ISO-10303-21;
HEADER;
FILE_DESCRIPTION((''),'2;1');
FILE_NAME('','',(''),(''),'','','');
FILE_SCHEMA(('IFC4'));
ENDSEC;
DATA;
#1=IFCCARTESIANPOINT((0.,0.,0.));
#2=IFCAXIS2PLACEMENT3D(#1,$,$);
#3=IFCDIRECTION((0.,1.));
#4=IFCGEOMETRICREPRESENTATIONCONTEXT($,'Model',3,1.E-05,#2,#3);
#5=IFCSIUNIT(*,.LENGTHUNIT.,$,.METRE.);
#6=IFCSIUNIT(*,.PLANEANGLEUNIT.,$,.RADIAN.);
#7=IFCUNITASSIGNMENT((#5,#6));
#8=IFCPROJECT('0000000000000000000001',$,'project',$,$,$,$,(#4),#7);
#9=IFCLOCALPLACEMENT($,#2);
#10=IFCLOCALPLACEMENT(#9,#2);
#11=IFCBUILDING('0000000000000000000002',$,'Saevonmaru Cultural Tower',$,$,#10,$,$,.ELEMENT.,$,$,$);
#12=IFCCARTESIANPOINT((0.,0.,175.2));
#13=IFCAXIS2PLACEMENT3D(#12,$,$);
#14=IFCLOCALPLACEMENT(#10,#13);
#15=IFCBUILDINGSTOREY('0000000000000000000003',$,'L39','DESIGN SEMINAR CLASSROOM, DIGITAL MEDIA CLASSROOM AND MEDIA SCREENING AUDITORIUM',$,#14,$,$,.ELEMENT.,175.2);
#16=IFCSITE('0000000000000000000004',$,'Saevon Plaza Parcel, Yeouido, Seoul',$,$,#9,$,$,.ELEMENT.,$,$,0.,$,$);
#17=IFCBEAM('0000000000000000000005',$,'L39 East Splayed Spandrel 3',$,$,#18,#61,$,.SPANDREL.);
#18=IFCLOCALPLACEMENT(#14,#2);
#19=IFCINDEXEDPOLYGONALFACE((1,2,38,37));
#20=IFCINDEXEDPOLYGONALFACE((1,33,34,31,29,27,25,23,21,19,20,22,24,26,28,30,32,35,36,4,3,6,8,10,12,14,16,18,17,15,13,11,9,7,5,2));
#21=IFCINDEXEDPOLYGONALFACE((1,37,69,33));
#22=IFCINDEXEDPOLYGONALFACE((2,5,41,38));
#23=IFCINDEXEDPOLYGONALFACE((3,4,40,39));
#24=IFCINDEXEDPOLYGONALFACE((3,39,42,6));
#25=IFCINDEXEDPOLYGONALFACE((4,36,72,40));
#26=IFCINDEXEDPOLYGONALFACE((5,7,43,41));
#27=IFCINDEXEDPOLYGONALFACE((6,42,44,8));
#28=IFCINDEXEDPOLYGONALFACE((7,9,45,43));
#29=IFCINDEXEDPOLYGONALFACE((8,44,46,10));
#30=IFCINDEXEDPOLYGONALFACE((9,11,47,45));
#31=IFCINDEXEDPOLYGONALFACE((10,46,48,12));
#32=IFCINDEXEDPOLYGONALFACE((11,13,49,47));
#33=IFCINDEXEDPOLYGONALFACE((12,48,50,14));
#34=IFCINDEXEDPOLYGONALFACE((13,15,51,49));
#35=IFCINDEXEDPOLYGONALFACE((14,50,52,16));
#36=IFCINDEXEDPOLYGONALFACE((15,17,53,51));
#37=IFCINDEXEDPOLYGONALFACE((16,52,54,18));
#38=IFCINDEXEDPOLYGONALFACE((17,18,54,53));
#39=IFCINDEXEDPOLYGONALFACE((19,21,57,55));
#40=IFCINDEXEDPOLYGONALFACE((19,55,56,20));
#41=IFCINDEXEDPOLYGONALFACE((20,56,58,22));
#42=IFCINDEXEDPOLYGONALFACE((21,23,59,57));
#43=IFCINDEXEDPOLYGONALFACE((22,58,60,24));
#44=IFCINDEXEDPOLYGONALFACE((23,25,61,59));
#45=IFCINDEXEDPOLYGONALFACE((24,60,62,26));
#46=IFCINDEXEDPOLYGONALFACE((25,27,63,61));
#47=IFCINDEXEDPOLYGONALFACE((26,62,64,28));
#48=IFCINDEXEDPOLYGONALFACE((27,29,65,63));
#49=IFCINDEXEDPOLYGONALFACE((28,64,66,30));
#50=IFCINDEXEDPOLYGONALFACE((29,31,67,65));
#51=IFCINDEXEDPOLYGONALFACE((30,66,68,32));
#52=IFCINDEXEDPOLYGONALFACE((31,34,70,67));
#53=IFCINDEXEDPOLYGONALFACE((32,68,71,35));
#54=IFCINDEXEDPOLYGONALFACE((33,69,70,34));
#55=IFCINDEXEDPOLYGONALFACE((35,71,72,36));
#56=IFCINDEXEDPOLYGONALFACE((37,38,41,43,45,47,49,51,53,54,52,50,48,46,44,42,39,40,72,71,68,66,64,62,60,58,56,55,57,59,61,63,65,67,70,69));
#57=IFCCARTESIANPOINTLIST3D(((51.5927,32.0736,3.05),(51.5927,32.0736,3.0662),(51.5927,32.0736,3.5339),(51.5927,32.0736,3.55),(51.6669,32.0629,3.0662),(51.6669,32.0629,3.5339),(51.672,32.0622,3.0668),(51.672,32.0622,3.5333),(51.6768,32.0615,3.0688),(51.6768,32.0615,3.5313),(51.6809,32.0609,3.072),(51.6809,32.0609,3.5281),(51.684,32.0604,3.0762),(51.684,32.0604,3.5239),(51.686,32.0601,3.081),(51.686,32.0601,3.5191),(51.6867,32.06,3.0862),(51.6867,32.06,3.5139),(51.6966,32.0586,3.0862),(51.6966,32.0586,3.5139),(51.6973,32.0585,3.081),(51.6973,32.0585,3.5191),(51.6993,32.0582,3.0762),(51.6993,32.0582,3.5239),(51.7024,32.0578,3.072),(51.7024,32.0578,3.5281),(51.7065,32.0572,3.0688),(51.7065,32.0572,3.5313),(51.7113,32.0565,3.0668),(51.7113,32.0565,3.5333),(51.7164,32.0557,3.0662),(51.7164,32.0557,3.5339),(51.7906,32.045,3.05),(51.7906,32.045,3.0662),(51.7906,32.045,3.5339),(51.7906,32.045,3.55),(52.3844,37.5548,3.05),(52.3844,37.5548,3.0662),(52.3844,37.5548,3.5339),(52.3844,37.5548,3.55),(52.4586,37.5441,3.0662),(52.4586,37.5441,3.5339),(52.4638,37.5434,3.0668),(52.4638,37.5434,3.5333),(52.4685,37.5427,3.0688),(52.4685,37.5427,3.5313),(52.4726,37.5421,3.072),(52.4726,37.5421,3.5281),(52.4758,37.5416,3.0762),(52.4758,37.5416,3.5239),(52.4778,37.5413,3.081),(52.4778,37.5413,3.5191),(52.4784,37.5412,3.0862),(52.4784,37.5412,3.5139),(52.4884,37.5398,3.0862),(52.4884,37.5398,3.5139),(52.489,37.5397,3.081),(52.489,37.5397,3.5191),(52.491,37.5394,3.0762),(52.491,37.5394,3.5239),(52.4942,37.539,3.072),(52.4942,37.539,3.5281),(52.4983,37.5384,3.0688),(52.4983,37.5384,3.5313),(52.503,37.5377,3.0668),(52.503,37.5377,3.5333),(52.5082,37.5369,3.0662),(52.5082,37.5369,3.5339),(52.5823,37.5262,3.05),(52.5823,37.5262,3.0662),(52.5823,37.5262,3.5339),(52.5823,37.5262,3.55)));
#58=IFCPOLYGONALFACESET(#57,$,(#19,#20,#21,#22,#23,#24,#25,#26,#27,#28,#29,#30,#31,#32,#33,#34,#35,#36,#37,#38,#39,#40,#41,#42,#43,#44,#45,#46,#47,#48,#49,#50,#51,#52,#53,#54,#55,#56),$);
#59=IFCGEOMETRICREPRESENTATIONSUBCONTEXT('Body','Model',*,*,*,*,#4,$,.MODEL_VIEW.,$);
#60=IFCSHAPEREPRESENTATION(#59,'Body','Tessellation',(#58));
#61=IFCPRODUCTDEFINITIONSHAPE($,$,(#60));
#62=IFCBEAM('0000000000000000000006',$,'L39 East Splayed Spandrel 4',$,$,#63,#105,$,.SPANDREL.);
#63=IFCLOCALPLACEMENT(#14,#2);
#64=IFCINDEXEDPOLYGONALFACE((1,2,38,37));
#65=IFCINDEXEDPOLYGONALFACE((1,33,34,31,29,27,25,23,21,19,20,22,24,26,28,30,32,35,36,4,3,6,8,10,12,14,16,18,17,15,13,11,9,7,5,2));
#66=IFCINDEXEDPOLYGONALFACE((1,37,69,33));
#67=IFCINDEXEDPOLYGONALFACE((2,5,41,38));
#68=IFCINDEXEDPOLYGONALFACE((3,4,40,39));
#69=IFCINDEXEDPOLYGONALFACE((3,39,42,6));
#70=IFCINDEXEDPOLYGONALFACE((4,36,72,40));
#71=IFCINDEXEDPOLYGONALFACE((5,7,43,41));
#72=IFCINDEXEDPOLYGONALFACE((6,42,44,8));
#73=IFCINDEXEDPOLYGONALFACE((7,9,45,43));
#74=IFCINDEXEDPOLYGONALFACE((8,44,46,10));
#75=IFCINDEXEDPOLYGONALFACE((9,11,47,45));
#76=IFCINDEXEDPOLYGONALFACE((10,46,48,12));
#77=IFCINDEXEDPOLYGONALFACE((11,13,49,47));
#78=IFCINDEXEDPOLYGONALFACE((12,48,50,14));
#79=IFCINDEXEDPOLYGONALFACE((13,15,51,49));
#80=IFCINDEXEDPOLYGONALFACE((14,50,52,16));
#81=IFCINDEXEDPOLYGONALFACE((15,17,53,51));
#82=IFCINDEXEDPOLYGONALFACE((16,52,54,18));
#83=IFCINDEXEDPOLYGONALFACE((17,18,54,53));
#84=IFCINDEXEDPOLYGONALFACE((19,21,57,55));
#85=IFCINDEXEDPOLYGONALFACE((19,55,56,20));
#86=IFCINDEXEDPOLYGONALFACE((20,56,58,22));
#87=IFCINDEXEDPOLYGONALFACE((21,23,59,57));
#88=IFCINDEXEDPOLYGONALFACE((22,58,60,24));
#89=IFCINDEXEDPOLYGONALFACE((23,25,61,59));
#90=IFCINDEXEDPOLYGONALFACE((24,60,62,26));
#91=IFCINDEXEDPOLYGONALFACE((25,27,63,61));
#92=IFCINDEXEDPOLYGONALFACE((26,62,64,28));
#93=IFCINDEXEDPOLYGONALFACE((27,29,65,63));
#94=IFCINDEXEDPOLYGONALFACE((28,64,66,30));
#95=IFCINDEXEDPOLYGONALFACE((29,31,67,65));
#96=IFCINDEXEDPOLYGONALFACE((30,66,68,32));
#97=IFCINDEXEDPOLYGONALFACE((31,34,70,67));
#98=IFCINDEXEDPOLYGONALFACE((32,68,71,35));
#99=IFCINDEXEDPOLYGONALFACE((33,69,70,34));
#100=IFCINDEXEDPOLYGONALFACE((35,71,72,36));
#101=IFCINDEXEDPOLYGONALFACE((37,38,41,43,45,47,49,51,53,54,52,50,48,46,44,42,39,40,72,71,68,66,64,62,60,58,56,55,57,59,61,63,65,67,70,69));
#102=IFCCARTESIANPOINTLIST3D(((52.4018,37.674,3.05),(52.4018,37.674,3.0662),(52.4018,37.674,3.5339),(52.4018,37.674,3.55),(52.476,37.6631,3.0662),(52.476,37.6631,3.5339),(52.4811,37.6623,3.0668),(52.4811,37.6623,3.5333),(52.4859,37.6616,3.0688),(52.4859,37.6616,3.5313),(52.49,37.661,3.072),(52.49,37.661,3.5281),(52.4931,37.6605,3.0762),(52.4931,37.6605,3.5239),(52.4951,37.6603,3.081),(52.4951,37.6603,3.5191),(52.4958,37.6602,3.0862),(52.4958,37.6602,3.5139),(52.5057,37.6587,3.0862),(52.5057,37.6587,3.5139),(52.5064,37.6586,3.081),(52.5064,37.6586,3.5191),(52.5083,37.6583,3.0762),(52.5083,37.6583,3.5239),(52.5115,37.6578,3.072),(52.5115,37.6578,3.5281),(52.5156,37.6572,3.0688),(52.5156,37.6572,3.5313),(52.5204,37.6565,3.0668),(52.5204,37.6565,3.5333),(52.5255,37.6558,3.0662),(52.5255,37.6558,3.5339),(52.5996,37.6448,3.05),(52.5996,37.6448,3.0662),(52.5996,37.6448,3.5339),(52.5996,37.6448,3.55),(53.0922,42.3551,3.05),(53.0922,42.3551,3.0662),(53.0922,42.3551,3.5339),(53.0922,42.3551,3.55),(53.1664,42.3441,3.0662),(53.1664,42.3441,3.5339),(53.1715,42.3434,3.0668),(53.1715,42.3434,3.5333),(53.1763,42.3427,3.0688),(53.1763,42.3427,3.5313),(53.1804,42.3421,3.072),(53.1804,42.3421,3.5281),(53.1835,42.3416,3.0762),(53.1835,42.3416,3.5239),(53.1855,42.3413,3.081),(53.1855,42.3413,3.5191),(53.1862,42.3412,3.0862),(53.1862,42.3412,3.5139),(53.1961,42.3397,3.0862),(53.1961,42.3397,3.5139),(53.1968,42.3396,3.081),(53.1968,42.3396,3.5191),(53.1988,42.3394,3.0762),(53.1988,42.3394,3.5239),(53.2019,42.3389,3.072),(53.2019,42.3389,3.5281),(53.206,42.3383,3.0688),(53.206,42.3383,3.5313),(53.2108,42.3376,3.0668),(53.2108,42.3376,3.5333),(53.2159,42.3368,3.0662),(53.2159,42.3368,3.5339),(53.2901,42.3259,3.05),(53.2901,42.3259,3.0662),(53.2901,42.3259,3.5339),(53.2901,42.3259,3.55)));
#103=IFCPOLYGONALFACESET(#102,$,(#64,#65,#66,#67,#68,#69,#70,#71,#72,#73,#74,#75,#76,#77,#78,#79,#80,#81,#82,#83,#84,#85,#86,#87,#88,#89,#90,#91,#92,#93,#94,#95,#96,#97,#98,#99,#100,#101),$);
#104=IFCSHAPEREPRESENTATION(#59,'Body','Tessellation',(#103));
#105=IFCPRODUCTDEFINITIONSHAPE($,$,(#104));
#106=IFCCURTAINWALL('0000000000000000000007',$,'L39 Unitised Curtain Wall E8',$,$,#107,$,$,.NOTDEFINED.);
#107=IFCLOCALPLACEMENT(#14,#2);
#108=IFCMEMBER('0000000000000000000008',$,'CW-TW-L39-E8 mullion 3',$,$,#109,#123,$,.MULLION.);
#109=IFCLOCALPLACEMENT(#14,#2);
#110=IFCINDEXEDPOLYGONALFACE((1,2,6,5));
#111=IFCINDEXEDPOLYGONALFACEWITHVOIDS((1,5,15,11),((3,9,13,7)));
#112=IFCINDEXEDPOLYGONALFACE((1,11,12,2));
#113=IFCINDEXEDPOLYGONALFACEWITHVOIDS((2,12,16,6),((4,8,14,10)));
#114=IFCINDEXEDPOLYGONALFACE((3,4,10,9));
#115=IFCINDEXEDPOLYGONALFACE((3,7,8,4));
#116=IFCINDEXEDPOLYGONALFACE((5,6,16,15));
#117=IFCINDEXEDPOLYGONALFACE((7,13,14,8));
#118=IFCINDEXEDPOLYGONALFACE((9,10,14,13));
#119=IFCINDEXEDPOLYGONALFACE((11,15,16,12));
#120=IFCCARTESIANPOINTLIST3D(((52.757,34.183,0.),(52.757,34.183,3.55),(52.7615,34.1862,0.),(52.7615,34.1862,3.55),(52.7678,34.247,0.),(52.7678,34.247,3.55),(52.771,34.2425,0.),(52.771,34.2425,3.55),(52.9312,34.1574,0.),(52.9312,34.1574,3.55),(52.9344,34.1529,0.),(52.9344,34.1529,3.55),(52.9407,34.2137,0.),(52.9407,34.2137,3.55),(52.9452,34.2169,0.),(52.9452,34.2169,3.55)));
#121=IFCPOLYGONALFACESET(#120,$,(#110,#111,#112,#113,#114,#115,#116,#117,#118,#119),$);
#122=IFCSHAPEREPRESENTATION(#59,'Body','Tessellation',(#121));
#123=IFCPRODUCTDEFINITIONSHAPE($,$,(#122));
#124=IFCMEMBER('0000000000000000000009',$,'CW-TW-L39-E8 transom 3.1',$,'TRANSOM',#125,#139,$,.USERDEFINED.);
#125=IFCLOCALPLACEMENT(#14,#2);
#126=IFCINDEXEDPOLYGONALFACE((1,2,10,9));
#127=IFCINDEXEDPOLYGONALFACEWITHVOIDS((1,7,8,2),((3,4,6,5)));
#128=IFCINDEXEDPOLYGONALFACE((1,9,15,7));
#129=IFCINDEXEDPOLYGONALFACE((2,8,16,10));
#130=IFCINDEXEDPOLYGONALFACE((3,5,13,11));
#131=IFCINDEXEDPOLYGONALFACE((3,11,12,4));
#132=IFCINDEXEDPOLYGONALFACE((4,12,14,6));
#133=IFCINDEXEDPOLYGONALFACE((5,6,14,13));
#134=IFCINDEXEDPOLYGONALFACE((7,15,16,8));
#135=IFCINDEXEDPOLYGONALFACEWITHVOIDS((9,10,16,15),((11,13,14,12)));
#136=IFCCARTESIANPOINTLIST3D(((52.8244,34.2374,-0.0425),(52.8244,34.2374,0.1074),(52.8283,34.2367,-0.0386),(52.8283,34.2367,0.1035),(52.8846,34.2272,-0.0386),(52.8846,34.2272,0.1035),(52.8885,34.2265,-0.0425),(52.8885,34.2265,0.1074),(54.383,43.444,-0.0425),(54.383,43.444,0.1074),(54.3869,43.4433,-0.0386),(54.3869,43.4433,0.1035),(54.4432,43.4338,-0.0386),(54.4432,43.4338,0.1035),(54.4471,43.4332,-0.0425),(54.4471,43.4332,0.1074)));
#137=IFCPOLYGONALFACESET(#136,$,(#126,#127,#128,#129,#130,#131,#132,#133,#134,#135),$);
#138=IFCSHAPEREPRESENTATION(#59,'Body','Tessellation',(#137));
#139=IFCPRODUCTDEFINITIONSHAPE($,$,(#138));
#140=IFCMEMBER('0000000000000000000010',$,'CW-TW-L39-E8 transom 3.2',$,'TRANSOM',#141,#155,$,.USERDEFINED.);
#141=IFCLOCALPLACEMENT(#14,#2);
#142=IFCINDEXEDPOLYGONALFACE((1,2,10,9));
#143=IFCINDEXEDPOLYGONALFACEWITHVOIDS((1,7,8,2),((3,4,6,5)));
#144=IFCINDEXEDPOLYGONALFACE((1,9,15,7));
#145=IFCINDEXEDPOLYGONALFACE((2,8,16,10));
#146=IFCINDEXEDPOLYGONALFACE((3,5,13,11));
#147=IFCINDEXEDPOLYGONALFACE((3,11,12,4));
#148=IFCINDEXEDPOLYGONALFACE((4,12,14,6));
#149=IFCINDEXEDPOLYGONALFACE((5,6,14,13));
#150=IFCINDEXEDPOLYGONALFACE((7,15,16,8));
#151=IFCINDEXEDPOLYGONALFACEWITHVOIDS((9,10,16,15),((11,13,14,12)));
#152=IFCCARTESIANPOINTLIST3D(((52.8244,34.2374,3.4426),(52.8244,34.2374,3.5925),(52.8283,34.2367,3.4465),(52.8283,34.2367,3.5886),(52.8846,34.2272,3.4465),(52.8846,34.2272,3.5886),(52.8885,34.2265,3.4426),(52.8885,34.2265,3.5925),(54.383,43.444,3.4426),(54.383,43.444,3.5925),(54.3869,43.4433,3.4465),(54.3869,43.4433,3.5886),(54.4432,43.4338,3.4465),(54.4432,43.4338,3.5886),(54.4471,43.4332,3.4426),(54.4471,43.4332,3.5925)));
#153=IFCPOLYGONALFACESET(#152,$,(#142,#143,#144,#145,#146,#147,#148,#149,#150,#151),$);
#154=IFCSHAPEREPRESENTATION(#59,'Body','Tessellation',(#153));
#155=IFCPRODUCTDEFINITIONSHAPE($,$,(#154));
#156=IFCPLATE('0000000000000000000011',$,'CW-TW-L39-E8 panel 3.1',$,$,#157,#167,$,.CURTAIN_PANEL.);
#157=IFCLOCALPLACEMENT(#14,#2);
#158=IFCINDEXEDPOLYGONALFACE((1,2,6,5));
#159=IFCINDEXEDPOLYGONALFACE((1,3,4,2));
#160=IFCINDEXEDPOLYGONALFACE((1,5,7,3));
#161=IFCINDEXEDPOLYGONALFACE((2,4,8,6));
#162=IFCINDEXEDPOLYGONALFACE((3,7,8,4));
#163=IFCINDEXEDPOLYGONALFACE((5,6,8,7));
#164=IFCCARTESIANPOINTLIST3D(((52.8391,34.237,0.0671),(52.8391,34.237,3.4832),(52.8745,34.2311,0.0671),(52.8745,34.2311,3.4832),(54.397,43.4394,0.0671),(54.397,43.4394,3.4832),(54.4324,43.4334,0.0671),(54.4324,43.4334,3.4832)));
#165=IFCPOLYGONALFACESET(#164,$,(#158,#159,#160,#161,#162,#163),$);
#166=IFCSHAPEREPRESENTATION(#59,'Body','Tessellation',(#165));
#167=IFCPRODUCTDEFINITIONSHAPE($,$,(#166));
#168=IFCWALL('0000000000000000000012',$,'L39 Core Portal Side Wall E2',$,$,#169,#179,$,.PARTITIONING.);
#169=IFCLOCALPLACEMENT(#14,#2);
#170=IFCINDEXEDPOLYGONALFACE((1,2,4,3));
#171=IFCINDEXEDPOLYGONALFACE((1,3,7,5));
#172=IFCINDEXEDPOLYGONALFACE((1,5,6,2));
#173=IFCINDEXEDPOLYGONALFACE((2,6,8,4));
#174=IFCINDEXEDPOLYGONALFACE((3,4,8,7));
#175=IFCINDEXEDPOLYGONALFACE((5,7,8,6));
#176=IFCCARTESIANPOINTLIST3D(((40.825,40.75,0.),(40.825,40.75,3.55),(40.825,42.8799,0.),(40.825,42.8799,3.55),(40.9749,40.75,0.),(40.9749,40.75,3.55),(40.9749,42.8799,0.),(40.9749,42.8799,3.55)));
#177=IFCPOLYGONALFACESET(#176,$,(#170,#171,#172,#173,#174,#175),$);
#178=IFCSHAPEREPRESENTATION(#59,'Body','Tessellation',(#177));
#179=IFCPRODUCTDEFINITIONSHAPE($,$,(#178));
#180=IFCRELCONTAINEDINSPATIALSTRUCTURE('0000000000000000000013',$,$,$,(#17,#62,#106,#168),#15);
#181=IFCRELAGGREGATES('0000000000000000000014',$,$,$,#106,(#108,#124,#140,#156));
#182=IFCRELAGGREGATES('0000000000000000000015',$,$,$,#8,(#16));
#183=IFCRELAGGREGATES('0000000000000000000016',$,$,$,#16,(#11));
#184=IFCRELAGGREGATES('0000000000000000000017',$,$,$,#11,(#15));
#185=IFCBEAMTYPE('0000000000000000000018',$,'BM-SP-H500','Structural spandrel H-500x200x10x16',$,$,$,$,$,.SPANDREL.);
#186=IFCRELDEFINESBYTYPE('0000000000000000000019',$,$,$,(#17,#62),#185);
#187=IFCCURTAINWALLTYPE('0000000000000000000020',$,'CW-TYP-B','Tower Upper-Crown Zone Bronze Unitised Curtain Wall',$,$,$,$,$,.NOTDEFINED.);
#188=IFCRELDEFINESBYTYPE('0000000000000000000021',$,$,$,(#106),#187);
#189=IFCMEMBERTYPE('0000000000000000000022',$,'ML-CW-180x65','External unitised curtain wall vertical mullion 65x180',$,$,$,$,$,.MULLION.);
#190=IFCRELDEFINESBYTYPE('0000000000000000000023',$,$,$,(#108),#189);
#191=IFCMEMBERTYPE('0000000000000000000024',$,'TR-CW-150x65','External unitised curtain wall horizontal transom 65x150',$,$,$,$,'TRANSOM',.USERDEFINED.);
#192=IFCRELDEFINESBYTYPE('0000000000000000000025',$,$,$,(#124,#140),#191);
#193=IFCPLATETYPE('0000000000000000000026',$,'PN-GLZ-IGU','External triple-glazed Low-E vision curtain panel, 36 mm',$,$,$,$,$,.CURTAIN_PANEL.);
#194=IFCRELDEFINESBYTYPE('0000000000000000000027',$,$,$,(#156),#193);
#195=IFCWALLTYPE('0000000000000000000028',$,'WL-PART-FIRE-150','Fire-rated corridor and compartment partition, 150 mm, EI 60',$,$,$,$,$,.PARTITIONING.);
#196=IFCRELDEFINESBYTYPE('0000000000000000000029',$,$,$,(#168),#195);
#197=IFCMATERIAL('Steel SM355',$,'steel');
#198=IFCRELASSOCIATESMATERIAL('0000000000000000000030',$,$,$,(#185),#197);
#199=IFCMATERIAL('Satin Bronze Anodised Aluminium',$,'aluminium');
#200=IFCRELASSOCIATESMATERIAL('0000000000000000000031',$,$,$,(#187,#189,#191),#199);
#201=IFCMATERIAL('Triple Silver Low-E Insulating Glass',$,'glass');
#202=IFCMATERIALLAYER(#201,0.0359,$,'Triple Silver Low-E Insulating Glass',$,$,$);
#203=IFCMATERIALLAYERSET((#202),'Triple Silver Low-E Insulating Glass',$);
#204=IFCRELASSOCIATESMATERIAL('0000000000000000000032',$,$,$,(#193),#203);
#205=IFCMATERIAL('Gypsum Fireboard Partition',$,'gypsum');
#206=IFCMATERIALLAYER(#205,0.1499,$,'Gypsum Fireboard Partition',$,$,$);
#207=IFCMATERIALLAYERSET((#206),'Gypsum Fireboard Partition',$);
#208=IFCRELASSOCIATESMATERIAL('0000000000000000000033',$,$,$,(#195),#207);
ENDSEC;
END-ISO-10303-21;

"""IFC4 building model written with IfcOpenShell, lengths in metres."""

from ifc_helpers import new_model, si_unit, direction, frame, frame_2d, origin, origin_2d, place, context, subcontext, project, spatial, rectangle, hollow_rectangle, i_section, extrude, material, layer, layer_set, material_profile, profile_set, type_object, element, aggregate, save


model = new_model("IFC4")

# Units and contexts
model_context = context("Model", 3, precision=1e-05, world=origin(), true_north=direction((0.0, 1.0)))
body_context = subcontext(model_context, "Body", "Model", "MODEL_VIEW")
ifc_project = project(units=[si_unit("LENGTHUNIT", "METRE"), si_unit("PLANEANGLEUNIT", "RADIAN")], contexts=[model_context])

# Site, building, storey
site_placement = place(None, origin())
site = spatial("IfcSite", under=ifc_project, at=site_placement, Name="Saevon Plaza Parcel, Yeouido, Seoul", CompositionType="ELEMENT", RefElevation=0.0)
building_placement = place(site_placement, origin())
building = spatial("IfcBuilding", under=site, at=building_placement, Name="Saevonmaru Cultural Tower", CompositionType="ELEMENT")
storey_placement = place(building_placement, frame((0.0, 0.0, 175.2)))
storey = spatial("IfcBuildingStorey", under=building, at=storey_placement, Name="L39", Description="DESIGN SEMINAR CLASSROOM, DIGITAL MEDIA CLASSROOM AND MEDIA SCREENING AUDITORIUM", CompositionType="ELEMENT", Elevation=175.2)

# Shared definitions
ifc_material_1 = material(Name="Steel SM355", Category="steel")

# Beams
ifc_material_profile_1 = material_profile(ifc_material_1, i_section(OverallWidth=0.2, OverallDepth=0.5, WebThickness=0.01, FlangeThickness=0.0161, FilletRadius=0.02, at=origin_2d()), Name="H-500x200x10x16")
ifc_profile_set_1 = profile_set([ifc_material_profile_1], Name="Steel SM355")
beam_type_1 = type_object("IfcBeamType", Name="BM-SP-H500", Description="Structural spandrel H-500x200x10x16", PredefinedType="SPANDREL", material=ifc_profile_set_1)
beam_1_placement = place(storey_placement, frame((51.6917, 32.0593, 3.3), z_axis=(0.142964, 0.989728, 0.0), x_axis=(-0.989728, 0.142964, 0.0)))
element("IfcBeam", 1, at=beam_1_placement, inside=storey, type_object=beam_type_1, Name="L39 East Splayed Spandrel 3", PredefinedType="SPANDREL", context=body_context, shape_type="SweptSolid", body=[
    extrude(i_section(OverallWidth=0.2, OverallDepth=0.5, WebThickness=0.01, FlangeThickness=0.0161, FilletRadius=0.02, at=origin_2d()), origin(), (0.0, 0.0, 1.0), 5.5381),
])
beam_2_placement = place(storey_placement, frame((52.5007, 37.6594, 3.3), z_axis=(0.145913, 0.989297, 0.0), x_axis=(-0.989297, 0.145913, 0.0)))
element("IfcBeam", 2, at=beam_2_placement, inside=storey, type_object=beam_type_1, Name="L39 East Splayed Spandrel 4", PredefinedType="SPANDREL", context=body_context, shape_type="SweptSolid", body=[
    extrude(i_section(OverallWidth=0.2, OverallDepth=0.5, WebThickness=0.01, FlangeThickness=0.0161, FilletRadius=0.02, at=origin_2d()), origin(), (0.0, 0.0, 1.0), 4.7317),
])

# Curtain wall, members, plate
ifc_material_2 = material(Name="Satin Bronze Anodised Aluminium", Category="aluminium")
curtain_wall_type = type_object("IfcCurtainWallType", Name="CW-TYP-B", Description="Tower Upper-Crown Zone Bronze Unitised Curtain Wall", PredefinedType="NOTDEFINED", material=ifc_material_2)
curtain_wall_placement = place(storey_placement, origin())
curtain_wall = element("IfcCurtainWall", 3, at=curtain_wall_placement, inside=storey, type_object=curtain_wall_type, Name="L39 Unitised Curtain Wall E8", PredefinedType="NOTDEFINED")
ifc_material_profile_2 = material_profile(ifc_material_2, hollow_rectangle(XDim=0.0649, YDim=0.1799, WallThickness=0.0039, at=origin_2d()), Name="ALU-MULL-180x65x4")
ifc_profile_set_2 = profile_set([ifc_material_profile_2], Name="Satin Bronze Anodised Aluminium")
member_type_1 = type_object("IfcMemberType", Name="ML-CW-180x65", Description="External unitised curtain wall vertical mullion 65x180", PredefinedType="MULLION", material=ifc_profile_set_2)
member_1_placement = place(storey_placement, frame((52.8511, 34.2, 0.0), z_axis=(0.0, 0.0, 1.0), x_axis=(0.166922, 0.98597, 0.0)))
member_1 = element("IfcMember", 4, at=member_1_placement, type_object=member_type_1, Name="CW-TW-L39-E8 mullion 3", PredefinedType="MULLION", context=body_context, shape_type="SweptSolid", body=[
    extrude(hollow_rectangle(XDim=0.0649, YDim=0.1799, WallThickness=0.0039, at=origin_2d()), origin(), (0.0, 0.0, 1.0), 3.55),
])
ifc_material_profile_3 = material_profile(ifc_material_2, hollow_rectangle(XDim=0.0649, YDim=0.1499, WallThickness=0.0039, at=origin_2d()), Name="ALU-TRAN-150x65x4")
ifc_profile_set_3 = profile_set([ifc_material_profile_3], Name="Satin Bronze Anodised Aluminium")
member_type_2 = type_object("IfcMemberType", Name="TR-CW-150x65", Description="External unitised curtain wall horizontal transom 65x150", ElementType="TRANSOM", PredefinedType="USERDEFINED", material=ifc_profile_set_3)
member_2_placement = place(storey_placement, frame((52.8564, 34.2319, 0.0325), z_axis=(0.166917, 0.985971, 0.0), x_axis=(-0.985971, 0.166917, 0.0)))
member_2 = element("IfcMember", 5, at=member_2_placement, type_object=member_type_2, Name="CW-TW-L39-E8 transom 3.1", ObjectType="TRANSOM", PredefinedType="USERDEFINED", context=body_context, shape_type="SweptSolid", body=[
    extrude(hollow_rectangle(XDim=0.0649, YDim=0.1499, WallThickness=0.0039, at=origin_2d()), origin(), (0.0, 0.0, 1.0), 9.3376),
])
member_3_placement = place(storey_placement, frame((52.8564, 34.2319, 3.5176), z_axis=(0.166917, 0.985971, 0.0), x_axis=(-0.985971, 0.166917, 0.0)))
member_3 = element("IfcMember", 6, at=member_3_placement, type_object=member_type_2, Name="CW-TW-L39-E8 transom 3.2", ObjectType="TRANSOM", PredefinedType="USERDEFINED", context=body_context, shape_type="SweptSolid", body=[
    extrude(hollow_rectangle(XDim=0.0649, YDim=0.1499, WallThickness=0.0039, at=origin_2d()), origin(), (0.0, 0.0, 1.0), 9.3376),
])
ifc_material_3 = material(Name="Triple Silver Low-E Insulating Glass", Category="glass")
ifc_layer_1 = layer(ifc_material_3, 0.0359, Name="Triple Silver Low-E Insulating Glass")
ifc_layer_set_1 = layer_set([ifc_layer_1], Name="Triple Silver Low-E Insulating Glass")
plate_type = type_object("IfcPlateType", Name="PN-GLZ-IGU", Description="External triple-glazed Low-E vision curtain panel, 36 mm", PredefinedType="CURTAIN_PANEL", material=ifc_layer_set_1)
plate_placement = place(storey_placement, frame((53.6357, 38.8352, 0.0671), z_axis=(0.0, 0.0, 1.0), x_axis=(0.166922, 0.98597, 0.0)))
plate = element("IfcPlate", 7, at=plate_placement, type_object=plate_type, Name="CW-TW-L39-E8 panel 3.1", PredefinedType="CURTAIN_PANEL", context=body_context, shape_type="SweptSolid", body=[
    extrude(rectangle(XDim=9.3333, YDim=0.0359, at=origin_2d()), origin(), (0.0, 0.0, 1.0), 3.416),
])
aggregate(curtain_wall, [member_1, member_2, member_3, plate])

# Shared definitions
ifc_material_4 = material(Name="Gypsum Fireboard Partition", Category="gypsum")
ifc_layer_2 = layer(ifc_material_4, 0.1499, Name="Gypsum Fireboard Partition")
ifc_layer_set_2 = layer_set([ifc_layer_2], Name="Gypsum Fireboard Partition")
wall_type_1 = type_object("IfcWallType", Name="WL-PART-FIRE-150", Description="Fire-rated corridor and compartment partition, 150 mm, EI 60", PredefinedType="PARTITIONING", material=ifc_layer_set_2)

# Wall
wall_1_placement = place(storey_placement, frame((40.8999, 40.75, 0.0), z_axis=(0.0, 0.0, 1.0), x_axis=(0.0, 1.0, 0.0)))
element("IfcWall", 8, at=wall_1_placement, inside=storey, type_object=wall_type_1, Name="L39 Core Portal Side Wall E2", PredefinedType="PARTITIONING", context=body_context, shape_type="SweptSolid", body=[
    extrude(rectangle(XDim=2.1299, YDim=0.1499, at=frame_2d((1.0649, 0.0))), origin(), (0.0, 0.0, 1.0), 3.55),
])

save(model, "model.ifc")
